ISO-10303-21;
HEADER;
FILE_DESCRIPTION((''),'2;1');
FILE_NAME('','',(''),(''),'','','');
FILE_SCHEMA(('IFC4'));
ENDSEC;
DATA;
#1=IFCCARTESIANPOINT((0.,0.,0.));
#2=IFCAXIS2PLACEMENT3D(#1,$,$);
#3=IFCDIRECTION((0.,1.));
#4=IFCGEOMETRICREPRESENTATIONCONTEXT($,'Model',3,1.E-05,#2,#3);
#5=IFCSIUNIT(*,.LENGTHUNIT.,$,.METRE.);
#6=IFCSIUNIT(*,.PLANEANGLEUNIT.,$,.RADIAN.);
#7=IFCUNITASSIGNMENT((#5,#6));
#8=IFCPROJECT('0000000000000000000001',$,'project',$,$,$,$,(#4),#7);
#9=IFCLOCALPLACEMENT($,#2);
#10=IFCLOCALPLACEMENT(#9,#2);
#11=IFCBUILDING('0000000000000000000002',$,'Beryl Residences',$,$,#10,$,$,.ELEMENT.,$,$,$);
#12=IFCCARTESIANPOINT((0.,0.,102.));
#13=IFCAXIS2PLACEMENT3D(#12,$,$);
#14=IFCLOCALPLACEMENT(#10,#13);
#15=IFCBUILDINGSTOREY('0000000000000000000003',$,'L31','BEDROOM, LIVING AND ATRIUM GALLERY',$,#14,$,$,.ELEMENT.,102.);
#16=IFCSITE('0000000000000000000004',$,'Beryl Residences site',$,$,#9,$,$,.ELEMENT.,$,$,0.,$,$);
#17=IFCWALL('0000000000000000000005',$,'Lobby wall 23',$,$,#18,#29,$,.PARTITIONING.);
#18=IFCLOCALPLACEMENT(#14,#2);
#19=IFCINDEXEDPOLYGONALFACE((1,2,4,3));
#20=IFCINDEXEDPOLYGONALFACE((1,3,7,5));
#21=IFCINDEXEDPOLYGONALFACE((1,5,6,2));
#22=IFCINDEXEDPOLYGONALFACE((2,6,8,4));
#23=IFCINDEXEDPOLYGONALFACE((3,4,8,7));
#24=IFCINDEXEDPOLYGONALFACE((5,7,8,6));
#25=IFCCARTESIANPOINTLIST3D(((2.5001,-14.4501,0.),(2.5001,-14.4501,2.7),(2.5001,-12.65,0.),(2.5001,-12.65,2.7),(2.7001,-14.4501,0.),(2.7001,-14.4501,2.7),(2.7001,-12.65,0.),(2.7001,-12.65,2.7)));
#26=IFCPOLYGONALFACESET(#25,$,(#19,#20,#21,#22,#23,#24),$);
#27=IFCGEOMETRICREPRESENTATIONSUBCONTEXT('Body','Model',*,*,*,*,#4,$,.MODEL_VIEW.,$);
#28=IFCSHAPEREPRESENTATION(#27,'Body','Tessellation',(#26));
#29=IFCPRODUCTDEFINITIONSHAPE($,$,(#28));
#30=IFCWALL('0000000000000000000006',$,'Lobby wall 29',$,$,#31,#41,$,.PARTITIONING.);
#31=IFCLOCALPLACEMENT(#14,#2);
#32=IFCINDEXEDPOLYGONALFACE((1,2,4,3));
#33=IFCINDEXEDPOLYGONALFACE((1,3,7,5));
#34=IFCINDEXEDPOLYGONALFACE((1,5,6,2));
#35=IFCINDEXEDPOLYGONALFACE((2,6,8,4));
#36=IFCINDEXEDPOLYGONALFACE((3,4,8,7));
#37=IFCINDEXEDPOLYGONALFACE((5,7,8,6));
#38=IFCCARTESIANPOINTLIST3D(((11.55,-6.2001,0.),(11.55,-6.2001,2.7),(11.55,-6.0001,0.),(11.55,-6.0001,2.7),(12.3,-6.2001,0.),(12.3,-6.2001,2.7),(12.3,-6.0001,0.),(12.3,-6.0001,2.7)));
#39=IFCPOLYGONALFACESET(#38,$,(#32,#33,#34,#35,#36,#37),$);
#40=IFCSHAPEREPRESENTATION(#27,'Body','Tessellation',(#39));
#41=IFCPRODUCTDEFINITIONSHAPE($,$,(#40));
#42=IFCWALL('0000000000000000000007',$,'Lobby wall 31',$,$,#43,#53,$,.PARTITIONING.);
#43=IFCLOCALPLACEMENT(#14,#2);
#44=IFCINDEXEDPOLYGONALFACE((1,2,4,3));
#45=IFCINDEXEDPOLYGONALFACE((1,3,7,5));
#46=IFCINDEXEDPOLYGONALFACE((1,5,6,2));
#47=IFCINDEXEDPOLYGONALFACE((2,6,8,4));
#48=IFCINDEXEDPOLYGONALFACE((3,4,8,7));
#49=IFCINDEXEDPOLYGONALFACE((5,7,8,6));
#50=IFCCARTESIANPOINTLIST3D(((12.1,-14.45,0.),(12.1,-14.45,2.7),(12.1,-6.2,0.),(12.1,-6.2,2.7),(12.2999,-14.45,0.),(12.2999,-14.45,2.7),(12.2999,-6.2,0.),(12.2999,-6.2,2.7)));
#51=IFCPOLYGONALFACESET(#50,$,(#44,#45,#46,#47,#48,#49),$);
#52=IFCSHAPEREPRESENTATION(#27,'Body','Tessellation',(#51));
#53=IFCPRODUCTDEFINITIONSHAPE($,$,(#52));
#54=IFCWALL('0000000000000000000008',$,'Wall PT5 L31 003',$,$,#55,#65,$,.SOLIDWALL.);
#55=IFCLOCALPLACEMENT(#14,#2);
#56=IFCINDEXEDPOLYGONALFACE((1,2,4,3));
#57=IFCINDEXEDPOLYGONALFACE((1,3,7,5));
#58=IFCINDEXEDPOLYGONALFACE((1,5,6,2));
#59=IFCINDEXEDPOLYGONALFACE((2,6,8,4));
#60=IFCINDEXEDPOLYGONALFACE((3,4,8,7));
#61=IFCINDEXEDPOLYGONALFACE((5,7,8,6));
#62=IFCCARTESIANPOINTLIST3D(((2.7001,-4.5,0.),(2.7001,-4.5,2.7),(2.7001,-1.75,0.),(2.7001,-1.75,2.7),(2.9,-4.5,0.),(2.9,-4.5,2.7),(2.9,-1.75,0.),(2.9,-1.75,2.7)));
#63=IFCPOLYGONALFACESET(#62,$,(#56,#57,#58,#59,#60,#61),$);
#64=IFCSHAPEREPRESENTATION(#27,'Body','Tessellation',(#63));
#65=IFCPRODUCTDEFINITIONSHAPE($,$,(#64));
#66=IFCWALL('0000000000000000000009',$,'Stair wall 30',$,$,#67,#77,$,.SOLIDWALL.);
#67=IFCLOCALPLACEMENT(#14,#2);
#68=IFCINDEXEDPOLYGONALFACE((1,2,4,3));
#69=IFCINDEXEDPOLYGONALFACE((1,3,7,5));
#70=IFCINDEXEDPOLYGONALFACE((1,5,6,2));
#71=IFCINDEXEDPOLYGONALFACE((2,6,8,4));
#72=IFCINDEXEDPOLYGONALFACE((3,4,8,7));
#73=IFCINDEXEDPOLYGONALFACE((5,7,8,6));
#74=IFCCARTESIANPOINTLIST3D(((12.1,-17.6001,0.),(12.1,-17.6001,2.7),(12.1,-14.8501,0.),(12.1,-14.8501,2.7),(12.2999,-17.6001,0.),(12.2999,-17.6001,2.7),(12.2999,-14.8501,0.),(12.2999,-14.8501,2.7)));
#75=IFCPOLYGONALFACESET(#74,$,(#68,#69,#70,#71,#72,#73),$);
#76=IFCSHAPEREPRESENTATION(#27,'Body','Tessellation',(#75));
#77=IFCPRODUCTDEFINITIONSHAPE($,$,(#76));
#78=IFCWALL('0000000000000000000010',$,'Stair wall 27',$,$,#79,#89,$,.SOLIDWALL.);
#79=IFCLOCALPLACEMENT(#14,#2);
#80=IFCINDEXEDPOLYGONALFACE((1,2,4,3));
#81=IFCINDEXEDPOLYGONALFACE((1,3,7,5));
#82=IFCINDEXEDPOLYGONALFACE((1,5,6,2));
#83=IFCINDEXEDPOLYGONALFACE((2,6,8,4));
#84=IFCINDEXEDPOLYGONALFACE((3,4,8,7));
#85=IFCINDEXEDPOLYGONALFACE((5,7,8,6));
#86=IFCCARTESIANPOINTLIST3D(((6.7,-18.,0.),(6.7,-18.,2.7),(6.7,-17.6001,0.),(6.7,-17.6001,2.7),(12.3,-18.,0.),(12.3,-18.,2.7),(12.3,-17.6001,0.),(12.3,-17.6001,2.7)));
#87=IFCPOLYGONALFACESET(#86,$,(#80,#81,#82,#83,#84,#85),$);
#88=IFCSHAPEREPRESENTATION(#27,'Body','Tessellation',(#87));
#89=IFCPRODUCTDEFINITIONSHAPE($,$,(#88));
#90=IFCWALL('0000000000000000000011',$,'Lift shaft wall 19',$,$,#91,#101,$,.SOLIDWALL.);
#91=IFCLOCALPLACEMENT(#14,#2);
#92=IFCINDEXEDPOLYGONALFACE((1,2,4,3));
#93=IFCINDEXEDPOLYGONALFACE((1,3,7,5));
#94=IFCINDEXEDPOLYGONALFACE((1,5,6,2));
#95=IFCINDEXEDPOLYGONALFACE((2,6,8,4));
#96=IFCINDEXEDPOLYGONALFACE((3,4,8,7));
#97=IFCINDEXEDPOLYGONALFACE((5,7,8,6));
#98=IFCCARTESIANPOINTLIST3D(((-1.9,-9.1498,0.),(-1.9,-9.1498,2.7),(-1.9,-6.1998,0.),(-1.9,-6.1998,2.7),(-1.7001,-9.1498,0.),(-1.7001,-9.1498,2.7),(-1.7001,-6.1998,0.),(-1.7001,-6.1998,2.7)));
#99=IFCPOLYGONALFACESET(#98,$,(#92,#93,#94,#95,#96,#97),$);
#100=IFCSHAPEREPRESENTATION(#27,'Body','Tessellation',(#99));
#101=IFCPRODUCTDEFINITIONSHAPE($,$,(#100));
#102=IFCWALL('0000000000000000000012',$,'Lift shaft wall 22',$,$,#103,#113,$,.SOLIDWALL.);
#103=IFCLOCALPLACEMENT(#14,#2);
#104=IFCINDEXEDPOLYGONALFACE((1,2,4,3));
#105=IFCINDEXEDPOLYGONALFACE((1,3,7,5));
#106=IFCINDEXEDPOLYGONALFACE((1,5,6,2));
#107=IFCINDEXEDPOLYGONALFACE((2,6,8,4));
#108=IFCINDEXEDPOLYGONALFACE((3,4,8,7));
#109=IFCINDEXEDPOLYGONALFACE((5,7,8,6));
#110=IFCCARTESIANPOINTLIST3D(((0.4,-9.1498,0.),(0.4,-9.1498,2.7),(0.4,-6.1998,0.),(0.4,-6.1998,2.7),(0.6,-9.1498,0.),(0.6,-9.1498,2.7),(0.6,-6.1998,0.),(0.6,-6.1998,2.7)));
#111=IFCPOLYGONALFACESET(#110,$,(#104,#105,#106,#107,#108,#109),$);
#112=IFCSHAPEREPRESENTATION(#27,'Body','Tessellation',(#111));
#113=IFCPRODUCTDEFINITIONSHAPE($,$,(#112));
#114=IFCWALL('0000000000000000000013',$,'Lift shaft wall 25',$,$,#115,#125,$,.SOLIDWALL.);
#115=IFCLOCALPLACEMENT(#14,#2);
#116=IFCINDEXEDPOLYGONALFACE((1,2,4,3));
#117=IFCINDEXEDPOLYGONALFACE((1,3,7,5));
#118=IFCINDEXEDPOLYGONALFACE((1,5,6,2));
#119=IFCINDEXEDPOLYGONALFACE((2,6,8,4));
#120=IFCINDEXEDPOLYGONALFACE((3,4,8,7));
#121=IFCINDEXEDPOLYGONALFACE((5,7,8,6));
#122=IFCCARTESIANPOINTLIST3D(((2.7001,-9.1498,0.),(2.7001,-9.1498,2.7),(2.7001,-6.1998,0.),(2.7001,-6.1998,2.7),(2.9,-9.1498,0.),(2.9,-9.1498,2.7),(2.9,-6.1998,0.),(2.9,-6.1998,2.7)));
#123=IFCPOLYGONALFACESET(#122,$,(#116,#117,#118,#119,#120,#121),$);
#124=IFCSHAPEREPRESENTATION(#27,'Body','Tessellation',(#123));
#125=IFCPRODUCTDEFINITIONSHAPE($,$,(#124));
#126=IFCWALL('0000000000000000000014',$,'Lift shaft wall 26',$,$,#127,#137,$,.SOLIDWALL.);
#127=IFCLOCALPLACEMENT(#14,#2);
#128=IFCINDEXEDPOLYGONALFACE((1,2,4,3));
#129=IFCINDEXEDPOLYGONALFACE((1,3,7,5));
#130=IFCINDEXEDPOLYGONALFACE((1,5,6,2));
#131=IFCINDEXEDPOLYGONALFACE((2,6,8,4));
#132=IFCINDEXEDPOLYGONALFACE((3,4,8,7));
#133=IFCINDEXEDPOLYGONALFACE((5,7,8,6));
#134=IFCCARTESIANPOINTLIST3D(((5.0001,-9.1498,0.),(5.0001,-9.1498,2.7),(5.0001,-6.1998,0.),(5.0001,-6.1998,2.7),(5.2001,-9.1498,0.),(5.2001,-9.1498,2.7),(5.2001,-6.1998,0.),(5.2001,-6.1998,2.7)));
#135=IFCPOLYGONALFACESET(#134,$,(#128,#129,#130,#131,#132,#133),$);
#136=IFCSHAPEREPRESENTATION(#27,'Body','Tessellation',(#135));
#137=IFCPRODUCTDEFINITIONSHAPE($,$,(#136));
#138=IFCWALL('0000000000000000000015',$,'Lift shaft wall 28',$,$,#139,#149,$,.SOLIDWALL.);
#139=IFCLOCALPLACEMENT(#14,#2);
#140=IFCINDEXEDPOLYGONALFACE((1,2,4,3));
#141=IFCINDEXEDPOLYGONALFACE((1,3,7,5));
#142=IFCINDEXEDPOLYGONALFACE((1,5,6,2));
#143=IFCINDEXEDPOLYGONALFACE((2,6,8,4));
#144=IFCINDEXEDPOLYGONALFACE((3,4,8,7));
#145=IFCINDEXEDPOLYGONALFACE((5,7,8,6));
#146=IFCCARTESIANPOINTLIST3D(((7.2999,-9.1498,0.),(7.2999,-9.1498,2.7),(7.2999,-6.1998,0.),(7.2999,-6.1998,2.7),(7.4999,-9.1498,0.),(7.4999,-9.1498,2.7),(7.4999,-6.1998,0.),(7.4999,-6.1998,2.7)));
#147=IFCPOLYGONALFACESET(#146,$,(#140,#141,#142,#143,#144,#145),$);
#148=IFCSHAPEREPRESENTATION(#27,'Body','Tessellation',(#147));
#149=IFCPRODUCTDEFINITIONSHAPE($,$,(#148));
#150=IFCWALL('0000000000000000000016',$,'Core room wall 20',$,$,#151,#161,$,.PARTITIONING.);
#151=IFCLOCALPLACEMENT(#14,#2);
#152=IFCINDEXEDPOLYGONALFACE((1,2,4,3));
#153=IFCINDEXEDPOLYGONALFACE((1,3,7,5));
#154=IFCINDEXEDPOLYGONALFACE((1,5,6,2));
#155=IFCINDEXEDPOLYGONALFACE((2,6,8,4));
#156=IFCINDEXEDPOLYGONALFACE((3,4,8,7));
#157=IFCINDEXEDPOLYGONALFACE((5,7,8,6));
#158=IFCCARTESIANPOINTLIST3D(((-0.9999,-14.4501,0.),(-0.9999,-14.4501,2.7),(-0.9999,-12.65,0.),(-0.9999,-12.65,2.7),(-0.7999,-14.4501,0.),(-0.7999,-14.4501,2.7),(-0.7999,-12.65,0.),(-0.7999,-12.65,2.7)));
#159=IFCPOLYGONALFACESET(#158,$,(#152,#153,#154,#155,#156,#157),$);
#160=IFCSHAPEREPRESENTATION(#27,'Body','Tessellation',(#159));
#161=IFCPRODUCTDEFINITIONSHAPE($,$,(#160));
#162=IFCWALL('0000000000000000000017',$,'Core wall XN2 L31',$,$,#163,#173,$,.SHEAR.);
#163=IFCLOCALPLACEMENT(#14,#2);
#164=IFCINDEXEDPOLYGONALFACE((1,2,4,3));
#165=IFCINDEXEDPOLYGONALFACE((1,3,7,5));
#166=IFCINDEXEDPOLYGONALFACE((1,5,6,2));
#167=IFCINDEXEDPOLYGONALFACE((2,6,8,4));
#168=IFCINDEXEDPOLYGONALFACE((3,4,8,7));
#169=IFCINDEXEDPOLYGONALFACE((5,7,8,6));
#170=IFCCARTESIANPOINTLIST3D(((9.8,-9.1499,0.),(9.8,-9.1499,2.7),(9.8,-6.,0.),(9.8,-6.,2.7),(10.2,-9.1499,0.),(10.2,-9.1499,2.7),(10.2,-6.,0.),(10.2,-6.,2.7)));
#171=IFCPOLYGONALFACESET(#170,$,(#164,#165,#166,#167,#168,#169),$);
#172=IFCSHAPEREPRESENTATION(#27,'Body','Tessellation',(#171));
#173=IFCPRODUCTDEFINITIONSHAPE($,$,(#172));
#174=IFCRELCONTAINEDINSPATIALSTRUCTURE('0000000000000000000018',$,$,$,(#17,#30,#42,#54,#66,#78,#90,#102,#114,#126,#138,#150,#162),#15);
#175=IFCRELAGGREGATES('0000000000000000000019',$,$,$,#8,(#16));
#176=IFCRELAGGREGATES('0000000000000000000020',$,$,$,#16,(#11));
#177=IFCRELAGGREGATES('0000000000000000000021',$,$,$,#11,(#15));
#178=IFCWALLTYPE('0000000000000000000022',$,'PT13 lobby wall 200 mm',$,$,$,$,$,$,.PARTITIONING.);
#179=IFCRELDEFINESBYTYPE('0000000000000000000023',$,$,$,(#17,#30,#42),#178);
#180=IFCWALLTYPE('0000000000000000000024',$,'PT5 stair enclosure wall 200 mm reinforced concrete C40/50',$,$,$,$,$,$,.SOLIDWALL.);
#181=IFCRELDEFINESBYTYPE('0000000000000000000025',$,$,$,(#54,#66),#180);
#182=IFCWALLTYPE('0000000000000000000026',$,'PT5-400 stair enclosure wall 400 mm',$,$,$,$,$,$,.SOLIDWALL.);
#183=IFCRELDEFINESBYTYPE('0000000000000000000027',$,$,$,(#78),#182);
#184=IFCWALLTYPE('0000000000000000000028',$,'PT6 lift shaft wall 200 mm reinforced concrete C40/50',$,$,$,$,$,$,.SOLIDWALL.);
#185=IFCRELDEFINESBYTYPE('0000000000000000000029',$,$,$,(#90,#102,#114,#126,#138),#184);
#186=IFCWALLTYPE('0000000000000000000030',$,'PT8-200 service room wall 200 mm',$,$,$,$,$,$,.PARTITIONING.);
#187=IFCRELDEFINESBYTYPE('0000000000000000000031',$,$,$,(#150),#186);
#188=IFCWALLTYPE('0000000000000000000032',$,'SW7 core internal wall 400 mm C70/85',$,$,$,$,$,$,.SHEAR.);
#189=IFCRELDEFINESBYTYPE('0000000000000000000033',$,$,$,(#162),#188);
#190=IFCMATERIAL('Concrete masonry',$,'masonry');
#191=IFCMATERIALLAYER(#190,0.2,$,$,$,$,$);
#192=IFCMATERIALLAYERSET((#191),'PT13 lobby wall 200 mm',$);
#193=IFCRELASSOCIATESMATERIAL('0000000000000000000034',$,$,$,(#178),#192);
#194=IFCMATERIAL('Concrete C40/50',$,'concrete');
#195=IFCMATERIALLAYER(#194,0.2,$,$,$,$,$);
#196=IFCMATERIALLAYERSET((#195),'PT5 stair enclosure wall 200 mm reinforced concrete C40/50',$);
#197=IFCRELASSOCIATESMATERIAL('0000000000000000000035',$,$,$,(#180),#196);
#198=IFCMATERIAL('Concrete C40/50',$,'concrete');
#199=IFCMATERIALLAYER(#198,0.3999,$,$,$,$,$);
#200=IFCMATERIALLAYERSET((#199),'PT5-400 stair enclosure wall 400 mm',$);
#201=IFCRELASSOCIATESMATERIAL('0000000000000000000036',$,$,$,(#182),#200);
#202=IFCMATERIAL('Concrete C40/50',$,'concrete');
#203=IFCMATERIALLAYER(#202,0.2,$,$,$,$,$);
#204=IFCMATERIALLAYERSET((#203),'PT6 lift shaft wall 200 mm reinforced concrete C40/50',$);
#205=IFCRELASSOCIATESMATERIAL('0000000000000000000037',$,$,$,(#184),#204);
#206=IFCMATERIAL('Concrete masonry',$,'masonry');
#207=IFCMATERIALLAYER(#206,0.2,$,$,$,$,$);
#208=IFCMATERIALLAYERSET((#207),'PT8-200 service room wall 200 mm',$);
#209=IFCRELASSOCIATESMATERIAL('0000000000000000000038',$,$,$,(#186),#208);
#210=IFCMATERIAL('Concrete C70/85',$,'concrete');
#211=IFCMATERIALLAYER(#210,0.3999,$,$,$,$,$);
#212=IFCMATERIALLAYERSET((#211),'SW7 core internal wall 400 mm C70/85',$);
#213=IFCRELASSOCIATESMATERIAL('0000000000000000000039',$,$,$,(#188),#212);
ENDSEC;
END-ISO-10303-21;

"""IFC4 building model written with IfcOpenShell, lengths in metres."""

from ifc_helpers import new_model, si_unit, direction, frame, frame_2d, origin, place, context, subcontext, project, spatial, rectangle, extrude, material, layer, layer_set, type_object, element, save


model = new_model("IFC4")

# Units and contexts
model_context = context("Model", 3, precision=1e-05, world=origin(), true_north=direction((0.0, 1.0)))
body_context = subcontext(model_context, "Body", "Model", "MODEL_VIEW")
ifc_project = project(units=[si_unit("LENGTHUNIT", "METRE"), si_unit("PLANEANGLEUNIT", "RADIAN")], contexts=[model_context])

# Site, building, storey
site_placement = place(None, origin())
site = spatial("IfcSite", under=ifc_project, at=site_placement, Name="Beryl Residences site", CompositionType="ELEMENT", RefElevation=0.0)
building_placement = place(site_placement, origin())
building = spatial("IfcBuilding", under=site, at=building_placement, Name="Beryl Residences", CompositionType="ELEMENT")
storey_placement = place(building_placement, frame((0.0, 0.0, 102.0)))
storey = spatial("IfcBuildingStorey", under=building, at=storey_placement, Name="L31", Description="BEDROOM, LIVING AND ATRIUM GALLERY", CompositionType="ELEMENT", Elevation=102.0)

# Walls
ifc_material_1 = material(Name="Concrete masonry", Category="masonry")
ifc_layer_1 = layer(ifc_material_1, 0.2)
ifc_layer_set_1 = layer_set([ifc_layer_1], Name="PT13 lobby wall 200 mm")
wall_type_1 = type_object("IfcWallType", Name="PT13 lobby wall 200 mm", PredefinedType="PARTITIONING", material=ifc_layer_set_1)
wall_1_placement = place(storey_placement, frame((2.6001, -14.45, 0.0), z_axis=(0.0, 0.0, 1.0), x_axis=(0.0, 1.0, 0.0)))
element("IfcWall", 1, at=wall_1_placement, inside=storey, type_object=wall_type_1, Name="Lobby wall 23", PredefinedType="PARTITIONING", context=body_context, shape_type="SweptSolid", body=[
    extrude(rectangle(XDim=1.8, YDim=0.2, at=frame_2d((0.8999, 0.0))), origin(), (0.0, 0.0, 1.0), 2.7),
])
wall_2_placement = place(storey_placement, frame((11.55, -6.1001, 0.0), z_axis=(0.0, 0.0, 1.0), x_axis=(1.0, 0.0, 0.0)))
element("IfcWall", 2, at=wall_2_placement, inside=storey, type_object=wall_type_1, Name="Lobby wall 29", PredefinedType="PARTITIONING", context=body_context, shape_type="SweptSolid", body=[
    extrude(rectangle(XDim=0.75, YDim=0.2, at=frame_2d((0.375, 0.0))), origin(), (0.0, 0.0, 1.0), 2.7),
])
wall_3_placement = place(storey_placement, frame((12.2, -14.45, 0.0), z_axis=(0.0, 0.0, 1.0), x_axis=(0.0, 1.0, 0.0)))
element("IfcWall", 3, at=wall_3_placement, inside=storey, type_object=wall_type_1, Name="Lobby wall 31", PredefinedType="PARTITIONING", context=body_context, shape_type="SweptSolid", body=[
    extrude(rectangle(XDim=8.25, YDim=0.2, at=frame_2d((4.125, 0.0))), origin(), (0.0, 0.0, 1.0), 2.7),
])
ifc_material_2 = material(Name="Concrete C40/50", Category="concrete")
ifc_layer_2 = layer(ifc_material_2, 0.2)
ifc_layer_set_2 = layer_set([ifc_layer_2], Name="PT5 stair enclosure wall 200 mm reinforced concrete C40/50")
wall_type_2 = type_object("IfcWallType", Name="PT5 stair enclosure wall 200 mm reinforced concrete C40/50", PredefinedType="SOLIDWALL", material=ifc_layer_set_2)
for number, where, z_axis, x_axis, name in (
    (4, (2.8, -4.5, 0.0), (0.0, 0.0, 1.0), (0.0, 1.0, 0.0), "Wall PT5 L31 003"),
    (5, (12.2, -17.6001, 0.0), (0.0, 0.0, 1.0), (0.0, 1.0, 0.0), "Stair wall 30"),
):
    element("IfcWall", number, at=place(storey_placement, frame(where, z_axis=z_axis, x_axis=x_axis)), inside=storey, type_object=wall_type_2, Name=name, PredefinedType="SOLIDWALL", context=body_context, shape_type="SweptSolid", body=[
        extrude(rectangle(XDim=2.75, YDim=0.2, at=frame_2d((1.375, 0.0))), origin(), (0.0, 0.0, 1.0), 2.7),
    ])
ifc_material_3 = material(Name="Concrete C40/50", Category="concrete")
ifc_layer_3 = layer(ifc_material_3, 0.3999)
ifc_layer_set_3 = layer_set([ifc_layer_3], Name="PT5-400 stair enclosure wall 400 mm")
wall_type_3 = type_object("IfcWallType", Name="PT5-400 stair enclosure wall 400 mm", PredefinedType="SOLIDWALL", material=ifc_layer_set_3)
wall_4_placement = place(storey_placement, frame((6.7, -17.8, 0.0), z_axis=(0.0, 0.0, 1.0), x_axis=(1.0, 0.0, 0.0)))
element("IfcWall", 6, at=wall_4_placement, inside=storey, type_object=wall_type_3, Name="Stair wall 27", PredefinedType="SOLIDWALL", context=body_context, shape_type="SweptSolid", body=[
    extrude(rectangle(XDim=5.6001, YDim=0.3999, at=frame_2d((2.8, 0.0))), origin(), (0.0, 0.0, 1.0), 2.7),
])
ifc_material_4 = material(Name="Concrete C40/50", Category="concrete")
ifc_layer_4 = layer(ifc_material_4, 0.2)
ifc_layer_set_4 = layer_set([ifc_layer_4], Name="PT6 lift shaft wall 200 mm reinforced concrete C40/50")
wall_type_4 = type_object("IfcWallType", Name="PT6 lift shaft wall 200 mm reinforced concrete C40/50", PredefinedType="SOLIDWALL", material=ifc_layer_set_4)
for number, where, z_axis, x_axis, name in (
    (7, (-1.8, -9.1499, 0.0), (0.0, 0.0, 1.0), (0.0, 1.0, 0.0), "Lift shaft wall 19"),
    (8, (0.5, -9.1499, 0.0), (0.0, 0.0, 1.0), (0.0, 1.0, 0.0), "Lift shaft wall 22"),
    (9, (2.8, -9.1499, 0.0), (0.0, 0.0, 1.0), (0.0, 1.0, 0.0), "Lift shaft wall 25"),
    (10, (5.1001, -9.1499, 0.0), (0.0, 0.0, 1.0), (0.0, 1.0, 0.0), "Lift shaft wall 26"),
    (11, (7.3999, -9.1499, 0.0), (0.0, 0.0, 1.0), (0.0, 1.0, 0.0), "Lift shaft wall 28"),
):
    element("IfcWall", number, at=place(storey_placement, frame(where, z_axis=z_axis, x_axis=x_axis)), inside=storey, type_object=wall_type_4, Name=name, PredefinedType="SOLIDWALL", context=body_context, shape_type="SweptSolid", body=[
        extrude(rectangle(XDim=2.95, YDim=0.2, at=frame_2d((1.4751, 0.0))), origin(), (0.0, 0.0, 1.0), 2.7),
    ])
ifc_material_5 = material(Name="Concrete masonry", Category="masonry")
ifc_layer_5 = layer(ifc_material_5, 0.2)
ifc_layer_set_5 = layer_set([ifc_layer_5], Name="PT8-200 service room wall 200 mm")
wall_type_5 = type_object("IfcWallType", Name="PT8-200 service room wall 200 mm", PredefinedType="PARTITIONING", material=ifc_layer_set_5)
wall_5_placement = place(storey_placement, frame((-0.8999, -14.45, 0.0), z_axis=(0.0, 0.0, 1.0), x_axis=(0.0, 1.0, 0.0)))
element("IfcWall", 12, at=wall_5_placement, inside=storey, type_object=wall_type_5, Name="Core room wall 20", PredefinedType="PARTITIONING", context=body_context, shape_type="SweptSolid", body=[
    extrude(rectangle(XDim=1.8, YDim=0.2, at=frame_2d((0.8999, 0.0))), origin(), (0.0, 0.0, 1.0), 2.7),
])
ifc_material_6 = material(Name="Concrete C70/85", Category="concrete")
ifc_layer_6 = layer(ifc_material_6, 0.3999)
ifc_layer_set_6 = layer_set([ifc_layer_6], Name="SW7 core internal wall 400 mm C70/85")
wall_type_6 = type_object("IfcWallType", Name="SW7 core internal wall 400 mm C70/85", PredefinedType="SHEAR", material=ifc_layer_set_6)
wall_6_placement = place(storey_placement, frame((10.0, -9.1499, 0.0), z_axis=(0.0, 0.0, 1.0), x_axis=(0.0, 1.0, 0.0)))
element("IfcWall", 13, at=wall_6_placement, inside=storey, type_object=wall_type_6, Name="Core wall XN2 L31", PredefinedType="SHEAR", context=body_context, shape_type="SweptSolid", body=[
    extrude(rectangle(XDim=3.1499, YDim=0.3999, at=frame_2d((1.575, 0.0))), origin(), (0.0, 0.0, 1.0), 2.7),
])

save(model, "model.ifc")
